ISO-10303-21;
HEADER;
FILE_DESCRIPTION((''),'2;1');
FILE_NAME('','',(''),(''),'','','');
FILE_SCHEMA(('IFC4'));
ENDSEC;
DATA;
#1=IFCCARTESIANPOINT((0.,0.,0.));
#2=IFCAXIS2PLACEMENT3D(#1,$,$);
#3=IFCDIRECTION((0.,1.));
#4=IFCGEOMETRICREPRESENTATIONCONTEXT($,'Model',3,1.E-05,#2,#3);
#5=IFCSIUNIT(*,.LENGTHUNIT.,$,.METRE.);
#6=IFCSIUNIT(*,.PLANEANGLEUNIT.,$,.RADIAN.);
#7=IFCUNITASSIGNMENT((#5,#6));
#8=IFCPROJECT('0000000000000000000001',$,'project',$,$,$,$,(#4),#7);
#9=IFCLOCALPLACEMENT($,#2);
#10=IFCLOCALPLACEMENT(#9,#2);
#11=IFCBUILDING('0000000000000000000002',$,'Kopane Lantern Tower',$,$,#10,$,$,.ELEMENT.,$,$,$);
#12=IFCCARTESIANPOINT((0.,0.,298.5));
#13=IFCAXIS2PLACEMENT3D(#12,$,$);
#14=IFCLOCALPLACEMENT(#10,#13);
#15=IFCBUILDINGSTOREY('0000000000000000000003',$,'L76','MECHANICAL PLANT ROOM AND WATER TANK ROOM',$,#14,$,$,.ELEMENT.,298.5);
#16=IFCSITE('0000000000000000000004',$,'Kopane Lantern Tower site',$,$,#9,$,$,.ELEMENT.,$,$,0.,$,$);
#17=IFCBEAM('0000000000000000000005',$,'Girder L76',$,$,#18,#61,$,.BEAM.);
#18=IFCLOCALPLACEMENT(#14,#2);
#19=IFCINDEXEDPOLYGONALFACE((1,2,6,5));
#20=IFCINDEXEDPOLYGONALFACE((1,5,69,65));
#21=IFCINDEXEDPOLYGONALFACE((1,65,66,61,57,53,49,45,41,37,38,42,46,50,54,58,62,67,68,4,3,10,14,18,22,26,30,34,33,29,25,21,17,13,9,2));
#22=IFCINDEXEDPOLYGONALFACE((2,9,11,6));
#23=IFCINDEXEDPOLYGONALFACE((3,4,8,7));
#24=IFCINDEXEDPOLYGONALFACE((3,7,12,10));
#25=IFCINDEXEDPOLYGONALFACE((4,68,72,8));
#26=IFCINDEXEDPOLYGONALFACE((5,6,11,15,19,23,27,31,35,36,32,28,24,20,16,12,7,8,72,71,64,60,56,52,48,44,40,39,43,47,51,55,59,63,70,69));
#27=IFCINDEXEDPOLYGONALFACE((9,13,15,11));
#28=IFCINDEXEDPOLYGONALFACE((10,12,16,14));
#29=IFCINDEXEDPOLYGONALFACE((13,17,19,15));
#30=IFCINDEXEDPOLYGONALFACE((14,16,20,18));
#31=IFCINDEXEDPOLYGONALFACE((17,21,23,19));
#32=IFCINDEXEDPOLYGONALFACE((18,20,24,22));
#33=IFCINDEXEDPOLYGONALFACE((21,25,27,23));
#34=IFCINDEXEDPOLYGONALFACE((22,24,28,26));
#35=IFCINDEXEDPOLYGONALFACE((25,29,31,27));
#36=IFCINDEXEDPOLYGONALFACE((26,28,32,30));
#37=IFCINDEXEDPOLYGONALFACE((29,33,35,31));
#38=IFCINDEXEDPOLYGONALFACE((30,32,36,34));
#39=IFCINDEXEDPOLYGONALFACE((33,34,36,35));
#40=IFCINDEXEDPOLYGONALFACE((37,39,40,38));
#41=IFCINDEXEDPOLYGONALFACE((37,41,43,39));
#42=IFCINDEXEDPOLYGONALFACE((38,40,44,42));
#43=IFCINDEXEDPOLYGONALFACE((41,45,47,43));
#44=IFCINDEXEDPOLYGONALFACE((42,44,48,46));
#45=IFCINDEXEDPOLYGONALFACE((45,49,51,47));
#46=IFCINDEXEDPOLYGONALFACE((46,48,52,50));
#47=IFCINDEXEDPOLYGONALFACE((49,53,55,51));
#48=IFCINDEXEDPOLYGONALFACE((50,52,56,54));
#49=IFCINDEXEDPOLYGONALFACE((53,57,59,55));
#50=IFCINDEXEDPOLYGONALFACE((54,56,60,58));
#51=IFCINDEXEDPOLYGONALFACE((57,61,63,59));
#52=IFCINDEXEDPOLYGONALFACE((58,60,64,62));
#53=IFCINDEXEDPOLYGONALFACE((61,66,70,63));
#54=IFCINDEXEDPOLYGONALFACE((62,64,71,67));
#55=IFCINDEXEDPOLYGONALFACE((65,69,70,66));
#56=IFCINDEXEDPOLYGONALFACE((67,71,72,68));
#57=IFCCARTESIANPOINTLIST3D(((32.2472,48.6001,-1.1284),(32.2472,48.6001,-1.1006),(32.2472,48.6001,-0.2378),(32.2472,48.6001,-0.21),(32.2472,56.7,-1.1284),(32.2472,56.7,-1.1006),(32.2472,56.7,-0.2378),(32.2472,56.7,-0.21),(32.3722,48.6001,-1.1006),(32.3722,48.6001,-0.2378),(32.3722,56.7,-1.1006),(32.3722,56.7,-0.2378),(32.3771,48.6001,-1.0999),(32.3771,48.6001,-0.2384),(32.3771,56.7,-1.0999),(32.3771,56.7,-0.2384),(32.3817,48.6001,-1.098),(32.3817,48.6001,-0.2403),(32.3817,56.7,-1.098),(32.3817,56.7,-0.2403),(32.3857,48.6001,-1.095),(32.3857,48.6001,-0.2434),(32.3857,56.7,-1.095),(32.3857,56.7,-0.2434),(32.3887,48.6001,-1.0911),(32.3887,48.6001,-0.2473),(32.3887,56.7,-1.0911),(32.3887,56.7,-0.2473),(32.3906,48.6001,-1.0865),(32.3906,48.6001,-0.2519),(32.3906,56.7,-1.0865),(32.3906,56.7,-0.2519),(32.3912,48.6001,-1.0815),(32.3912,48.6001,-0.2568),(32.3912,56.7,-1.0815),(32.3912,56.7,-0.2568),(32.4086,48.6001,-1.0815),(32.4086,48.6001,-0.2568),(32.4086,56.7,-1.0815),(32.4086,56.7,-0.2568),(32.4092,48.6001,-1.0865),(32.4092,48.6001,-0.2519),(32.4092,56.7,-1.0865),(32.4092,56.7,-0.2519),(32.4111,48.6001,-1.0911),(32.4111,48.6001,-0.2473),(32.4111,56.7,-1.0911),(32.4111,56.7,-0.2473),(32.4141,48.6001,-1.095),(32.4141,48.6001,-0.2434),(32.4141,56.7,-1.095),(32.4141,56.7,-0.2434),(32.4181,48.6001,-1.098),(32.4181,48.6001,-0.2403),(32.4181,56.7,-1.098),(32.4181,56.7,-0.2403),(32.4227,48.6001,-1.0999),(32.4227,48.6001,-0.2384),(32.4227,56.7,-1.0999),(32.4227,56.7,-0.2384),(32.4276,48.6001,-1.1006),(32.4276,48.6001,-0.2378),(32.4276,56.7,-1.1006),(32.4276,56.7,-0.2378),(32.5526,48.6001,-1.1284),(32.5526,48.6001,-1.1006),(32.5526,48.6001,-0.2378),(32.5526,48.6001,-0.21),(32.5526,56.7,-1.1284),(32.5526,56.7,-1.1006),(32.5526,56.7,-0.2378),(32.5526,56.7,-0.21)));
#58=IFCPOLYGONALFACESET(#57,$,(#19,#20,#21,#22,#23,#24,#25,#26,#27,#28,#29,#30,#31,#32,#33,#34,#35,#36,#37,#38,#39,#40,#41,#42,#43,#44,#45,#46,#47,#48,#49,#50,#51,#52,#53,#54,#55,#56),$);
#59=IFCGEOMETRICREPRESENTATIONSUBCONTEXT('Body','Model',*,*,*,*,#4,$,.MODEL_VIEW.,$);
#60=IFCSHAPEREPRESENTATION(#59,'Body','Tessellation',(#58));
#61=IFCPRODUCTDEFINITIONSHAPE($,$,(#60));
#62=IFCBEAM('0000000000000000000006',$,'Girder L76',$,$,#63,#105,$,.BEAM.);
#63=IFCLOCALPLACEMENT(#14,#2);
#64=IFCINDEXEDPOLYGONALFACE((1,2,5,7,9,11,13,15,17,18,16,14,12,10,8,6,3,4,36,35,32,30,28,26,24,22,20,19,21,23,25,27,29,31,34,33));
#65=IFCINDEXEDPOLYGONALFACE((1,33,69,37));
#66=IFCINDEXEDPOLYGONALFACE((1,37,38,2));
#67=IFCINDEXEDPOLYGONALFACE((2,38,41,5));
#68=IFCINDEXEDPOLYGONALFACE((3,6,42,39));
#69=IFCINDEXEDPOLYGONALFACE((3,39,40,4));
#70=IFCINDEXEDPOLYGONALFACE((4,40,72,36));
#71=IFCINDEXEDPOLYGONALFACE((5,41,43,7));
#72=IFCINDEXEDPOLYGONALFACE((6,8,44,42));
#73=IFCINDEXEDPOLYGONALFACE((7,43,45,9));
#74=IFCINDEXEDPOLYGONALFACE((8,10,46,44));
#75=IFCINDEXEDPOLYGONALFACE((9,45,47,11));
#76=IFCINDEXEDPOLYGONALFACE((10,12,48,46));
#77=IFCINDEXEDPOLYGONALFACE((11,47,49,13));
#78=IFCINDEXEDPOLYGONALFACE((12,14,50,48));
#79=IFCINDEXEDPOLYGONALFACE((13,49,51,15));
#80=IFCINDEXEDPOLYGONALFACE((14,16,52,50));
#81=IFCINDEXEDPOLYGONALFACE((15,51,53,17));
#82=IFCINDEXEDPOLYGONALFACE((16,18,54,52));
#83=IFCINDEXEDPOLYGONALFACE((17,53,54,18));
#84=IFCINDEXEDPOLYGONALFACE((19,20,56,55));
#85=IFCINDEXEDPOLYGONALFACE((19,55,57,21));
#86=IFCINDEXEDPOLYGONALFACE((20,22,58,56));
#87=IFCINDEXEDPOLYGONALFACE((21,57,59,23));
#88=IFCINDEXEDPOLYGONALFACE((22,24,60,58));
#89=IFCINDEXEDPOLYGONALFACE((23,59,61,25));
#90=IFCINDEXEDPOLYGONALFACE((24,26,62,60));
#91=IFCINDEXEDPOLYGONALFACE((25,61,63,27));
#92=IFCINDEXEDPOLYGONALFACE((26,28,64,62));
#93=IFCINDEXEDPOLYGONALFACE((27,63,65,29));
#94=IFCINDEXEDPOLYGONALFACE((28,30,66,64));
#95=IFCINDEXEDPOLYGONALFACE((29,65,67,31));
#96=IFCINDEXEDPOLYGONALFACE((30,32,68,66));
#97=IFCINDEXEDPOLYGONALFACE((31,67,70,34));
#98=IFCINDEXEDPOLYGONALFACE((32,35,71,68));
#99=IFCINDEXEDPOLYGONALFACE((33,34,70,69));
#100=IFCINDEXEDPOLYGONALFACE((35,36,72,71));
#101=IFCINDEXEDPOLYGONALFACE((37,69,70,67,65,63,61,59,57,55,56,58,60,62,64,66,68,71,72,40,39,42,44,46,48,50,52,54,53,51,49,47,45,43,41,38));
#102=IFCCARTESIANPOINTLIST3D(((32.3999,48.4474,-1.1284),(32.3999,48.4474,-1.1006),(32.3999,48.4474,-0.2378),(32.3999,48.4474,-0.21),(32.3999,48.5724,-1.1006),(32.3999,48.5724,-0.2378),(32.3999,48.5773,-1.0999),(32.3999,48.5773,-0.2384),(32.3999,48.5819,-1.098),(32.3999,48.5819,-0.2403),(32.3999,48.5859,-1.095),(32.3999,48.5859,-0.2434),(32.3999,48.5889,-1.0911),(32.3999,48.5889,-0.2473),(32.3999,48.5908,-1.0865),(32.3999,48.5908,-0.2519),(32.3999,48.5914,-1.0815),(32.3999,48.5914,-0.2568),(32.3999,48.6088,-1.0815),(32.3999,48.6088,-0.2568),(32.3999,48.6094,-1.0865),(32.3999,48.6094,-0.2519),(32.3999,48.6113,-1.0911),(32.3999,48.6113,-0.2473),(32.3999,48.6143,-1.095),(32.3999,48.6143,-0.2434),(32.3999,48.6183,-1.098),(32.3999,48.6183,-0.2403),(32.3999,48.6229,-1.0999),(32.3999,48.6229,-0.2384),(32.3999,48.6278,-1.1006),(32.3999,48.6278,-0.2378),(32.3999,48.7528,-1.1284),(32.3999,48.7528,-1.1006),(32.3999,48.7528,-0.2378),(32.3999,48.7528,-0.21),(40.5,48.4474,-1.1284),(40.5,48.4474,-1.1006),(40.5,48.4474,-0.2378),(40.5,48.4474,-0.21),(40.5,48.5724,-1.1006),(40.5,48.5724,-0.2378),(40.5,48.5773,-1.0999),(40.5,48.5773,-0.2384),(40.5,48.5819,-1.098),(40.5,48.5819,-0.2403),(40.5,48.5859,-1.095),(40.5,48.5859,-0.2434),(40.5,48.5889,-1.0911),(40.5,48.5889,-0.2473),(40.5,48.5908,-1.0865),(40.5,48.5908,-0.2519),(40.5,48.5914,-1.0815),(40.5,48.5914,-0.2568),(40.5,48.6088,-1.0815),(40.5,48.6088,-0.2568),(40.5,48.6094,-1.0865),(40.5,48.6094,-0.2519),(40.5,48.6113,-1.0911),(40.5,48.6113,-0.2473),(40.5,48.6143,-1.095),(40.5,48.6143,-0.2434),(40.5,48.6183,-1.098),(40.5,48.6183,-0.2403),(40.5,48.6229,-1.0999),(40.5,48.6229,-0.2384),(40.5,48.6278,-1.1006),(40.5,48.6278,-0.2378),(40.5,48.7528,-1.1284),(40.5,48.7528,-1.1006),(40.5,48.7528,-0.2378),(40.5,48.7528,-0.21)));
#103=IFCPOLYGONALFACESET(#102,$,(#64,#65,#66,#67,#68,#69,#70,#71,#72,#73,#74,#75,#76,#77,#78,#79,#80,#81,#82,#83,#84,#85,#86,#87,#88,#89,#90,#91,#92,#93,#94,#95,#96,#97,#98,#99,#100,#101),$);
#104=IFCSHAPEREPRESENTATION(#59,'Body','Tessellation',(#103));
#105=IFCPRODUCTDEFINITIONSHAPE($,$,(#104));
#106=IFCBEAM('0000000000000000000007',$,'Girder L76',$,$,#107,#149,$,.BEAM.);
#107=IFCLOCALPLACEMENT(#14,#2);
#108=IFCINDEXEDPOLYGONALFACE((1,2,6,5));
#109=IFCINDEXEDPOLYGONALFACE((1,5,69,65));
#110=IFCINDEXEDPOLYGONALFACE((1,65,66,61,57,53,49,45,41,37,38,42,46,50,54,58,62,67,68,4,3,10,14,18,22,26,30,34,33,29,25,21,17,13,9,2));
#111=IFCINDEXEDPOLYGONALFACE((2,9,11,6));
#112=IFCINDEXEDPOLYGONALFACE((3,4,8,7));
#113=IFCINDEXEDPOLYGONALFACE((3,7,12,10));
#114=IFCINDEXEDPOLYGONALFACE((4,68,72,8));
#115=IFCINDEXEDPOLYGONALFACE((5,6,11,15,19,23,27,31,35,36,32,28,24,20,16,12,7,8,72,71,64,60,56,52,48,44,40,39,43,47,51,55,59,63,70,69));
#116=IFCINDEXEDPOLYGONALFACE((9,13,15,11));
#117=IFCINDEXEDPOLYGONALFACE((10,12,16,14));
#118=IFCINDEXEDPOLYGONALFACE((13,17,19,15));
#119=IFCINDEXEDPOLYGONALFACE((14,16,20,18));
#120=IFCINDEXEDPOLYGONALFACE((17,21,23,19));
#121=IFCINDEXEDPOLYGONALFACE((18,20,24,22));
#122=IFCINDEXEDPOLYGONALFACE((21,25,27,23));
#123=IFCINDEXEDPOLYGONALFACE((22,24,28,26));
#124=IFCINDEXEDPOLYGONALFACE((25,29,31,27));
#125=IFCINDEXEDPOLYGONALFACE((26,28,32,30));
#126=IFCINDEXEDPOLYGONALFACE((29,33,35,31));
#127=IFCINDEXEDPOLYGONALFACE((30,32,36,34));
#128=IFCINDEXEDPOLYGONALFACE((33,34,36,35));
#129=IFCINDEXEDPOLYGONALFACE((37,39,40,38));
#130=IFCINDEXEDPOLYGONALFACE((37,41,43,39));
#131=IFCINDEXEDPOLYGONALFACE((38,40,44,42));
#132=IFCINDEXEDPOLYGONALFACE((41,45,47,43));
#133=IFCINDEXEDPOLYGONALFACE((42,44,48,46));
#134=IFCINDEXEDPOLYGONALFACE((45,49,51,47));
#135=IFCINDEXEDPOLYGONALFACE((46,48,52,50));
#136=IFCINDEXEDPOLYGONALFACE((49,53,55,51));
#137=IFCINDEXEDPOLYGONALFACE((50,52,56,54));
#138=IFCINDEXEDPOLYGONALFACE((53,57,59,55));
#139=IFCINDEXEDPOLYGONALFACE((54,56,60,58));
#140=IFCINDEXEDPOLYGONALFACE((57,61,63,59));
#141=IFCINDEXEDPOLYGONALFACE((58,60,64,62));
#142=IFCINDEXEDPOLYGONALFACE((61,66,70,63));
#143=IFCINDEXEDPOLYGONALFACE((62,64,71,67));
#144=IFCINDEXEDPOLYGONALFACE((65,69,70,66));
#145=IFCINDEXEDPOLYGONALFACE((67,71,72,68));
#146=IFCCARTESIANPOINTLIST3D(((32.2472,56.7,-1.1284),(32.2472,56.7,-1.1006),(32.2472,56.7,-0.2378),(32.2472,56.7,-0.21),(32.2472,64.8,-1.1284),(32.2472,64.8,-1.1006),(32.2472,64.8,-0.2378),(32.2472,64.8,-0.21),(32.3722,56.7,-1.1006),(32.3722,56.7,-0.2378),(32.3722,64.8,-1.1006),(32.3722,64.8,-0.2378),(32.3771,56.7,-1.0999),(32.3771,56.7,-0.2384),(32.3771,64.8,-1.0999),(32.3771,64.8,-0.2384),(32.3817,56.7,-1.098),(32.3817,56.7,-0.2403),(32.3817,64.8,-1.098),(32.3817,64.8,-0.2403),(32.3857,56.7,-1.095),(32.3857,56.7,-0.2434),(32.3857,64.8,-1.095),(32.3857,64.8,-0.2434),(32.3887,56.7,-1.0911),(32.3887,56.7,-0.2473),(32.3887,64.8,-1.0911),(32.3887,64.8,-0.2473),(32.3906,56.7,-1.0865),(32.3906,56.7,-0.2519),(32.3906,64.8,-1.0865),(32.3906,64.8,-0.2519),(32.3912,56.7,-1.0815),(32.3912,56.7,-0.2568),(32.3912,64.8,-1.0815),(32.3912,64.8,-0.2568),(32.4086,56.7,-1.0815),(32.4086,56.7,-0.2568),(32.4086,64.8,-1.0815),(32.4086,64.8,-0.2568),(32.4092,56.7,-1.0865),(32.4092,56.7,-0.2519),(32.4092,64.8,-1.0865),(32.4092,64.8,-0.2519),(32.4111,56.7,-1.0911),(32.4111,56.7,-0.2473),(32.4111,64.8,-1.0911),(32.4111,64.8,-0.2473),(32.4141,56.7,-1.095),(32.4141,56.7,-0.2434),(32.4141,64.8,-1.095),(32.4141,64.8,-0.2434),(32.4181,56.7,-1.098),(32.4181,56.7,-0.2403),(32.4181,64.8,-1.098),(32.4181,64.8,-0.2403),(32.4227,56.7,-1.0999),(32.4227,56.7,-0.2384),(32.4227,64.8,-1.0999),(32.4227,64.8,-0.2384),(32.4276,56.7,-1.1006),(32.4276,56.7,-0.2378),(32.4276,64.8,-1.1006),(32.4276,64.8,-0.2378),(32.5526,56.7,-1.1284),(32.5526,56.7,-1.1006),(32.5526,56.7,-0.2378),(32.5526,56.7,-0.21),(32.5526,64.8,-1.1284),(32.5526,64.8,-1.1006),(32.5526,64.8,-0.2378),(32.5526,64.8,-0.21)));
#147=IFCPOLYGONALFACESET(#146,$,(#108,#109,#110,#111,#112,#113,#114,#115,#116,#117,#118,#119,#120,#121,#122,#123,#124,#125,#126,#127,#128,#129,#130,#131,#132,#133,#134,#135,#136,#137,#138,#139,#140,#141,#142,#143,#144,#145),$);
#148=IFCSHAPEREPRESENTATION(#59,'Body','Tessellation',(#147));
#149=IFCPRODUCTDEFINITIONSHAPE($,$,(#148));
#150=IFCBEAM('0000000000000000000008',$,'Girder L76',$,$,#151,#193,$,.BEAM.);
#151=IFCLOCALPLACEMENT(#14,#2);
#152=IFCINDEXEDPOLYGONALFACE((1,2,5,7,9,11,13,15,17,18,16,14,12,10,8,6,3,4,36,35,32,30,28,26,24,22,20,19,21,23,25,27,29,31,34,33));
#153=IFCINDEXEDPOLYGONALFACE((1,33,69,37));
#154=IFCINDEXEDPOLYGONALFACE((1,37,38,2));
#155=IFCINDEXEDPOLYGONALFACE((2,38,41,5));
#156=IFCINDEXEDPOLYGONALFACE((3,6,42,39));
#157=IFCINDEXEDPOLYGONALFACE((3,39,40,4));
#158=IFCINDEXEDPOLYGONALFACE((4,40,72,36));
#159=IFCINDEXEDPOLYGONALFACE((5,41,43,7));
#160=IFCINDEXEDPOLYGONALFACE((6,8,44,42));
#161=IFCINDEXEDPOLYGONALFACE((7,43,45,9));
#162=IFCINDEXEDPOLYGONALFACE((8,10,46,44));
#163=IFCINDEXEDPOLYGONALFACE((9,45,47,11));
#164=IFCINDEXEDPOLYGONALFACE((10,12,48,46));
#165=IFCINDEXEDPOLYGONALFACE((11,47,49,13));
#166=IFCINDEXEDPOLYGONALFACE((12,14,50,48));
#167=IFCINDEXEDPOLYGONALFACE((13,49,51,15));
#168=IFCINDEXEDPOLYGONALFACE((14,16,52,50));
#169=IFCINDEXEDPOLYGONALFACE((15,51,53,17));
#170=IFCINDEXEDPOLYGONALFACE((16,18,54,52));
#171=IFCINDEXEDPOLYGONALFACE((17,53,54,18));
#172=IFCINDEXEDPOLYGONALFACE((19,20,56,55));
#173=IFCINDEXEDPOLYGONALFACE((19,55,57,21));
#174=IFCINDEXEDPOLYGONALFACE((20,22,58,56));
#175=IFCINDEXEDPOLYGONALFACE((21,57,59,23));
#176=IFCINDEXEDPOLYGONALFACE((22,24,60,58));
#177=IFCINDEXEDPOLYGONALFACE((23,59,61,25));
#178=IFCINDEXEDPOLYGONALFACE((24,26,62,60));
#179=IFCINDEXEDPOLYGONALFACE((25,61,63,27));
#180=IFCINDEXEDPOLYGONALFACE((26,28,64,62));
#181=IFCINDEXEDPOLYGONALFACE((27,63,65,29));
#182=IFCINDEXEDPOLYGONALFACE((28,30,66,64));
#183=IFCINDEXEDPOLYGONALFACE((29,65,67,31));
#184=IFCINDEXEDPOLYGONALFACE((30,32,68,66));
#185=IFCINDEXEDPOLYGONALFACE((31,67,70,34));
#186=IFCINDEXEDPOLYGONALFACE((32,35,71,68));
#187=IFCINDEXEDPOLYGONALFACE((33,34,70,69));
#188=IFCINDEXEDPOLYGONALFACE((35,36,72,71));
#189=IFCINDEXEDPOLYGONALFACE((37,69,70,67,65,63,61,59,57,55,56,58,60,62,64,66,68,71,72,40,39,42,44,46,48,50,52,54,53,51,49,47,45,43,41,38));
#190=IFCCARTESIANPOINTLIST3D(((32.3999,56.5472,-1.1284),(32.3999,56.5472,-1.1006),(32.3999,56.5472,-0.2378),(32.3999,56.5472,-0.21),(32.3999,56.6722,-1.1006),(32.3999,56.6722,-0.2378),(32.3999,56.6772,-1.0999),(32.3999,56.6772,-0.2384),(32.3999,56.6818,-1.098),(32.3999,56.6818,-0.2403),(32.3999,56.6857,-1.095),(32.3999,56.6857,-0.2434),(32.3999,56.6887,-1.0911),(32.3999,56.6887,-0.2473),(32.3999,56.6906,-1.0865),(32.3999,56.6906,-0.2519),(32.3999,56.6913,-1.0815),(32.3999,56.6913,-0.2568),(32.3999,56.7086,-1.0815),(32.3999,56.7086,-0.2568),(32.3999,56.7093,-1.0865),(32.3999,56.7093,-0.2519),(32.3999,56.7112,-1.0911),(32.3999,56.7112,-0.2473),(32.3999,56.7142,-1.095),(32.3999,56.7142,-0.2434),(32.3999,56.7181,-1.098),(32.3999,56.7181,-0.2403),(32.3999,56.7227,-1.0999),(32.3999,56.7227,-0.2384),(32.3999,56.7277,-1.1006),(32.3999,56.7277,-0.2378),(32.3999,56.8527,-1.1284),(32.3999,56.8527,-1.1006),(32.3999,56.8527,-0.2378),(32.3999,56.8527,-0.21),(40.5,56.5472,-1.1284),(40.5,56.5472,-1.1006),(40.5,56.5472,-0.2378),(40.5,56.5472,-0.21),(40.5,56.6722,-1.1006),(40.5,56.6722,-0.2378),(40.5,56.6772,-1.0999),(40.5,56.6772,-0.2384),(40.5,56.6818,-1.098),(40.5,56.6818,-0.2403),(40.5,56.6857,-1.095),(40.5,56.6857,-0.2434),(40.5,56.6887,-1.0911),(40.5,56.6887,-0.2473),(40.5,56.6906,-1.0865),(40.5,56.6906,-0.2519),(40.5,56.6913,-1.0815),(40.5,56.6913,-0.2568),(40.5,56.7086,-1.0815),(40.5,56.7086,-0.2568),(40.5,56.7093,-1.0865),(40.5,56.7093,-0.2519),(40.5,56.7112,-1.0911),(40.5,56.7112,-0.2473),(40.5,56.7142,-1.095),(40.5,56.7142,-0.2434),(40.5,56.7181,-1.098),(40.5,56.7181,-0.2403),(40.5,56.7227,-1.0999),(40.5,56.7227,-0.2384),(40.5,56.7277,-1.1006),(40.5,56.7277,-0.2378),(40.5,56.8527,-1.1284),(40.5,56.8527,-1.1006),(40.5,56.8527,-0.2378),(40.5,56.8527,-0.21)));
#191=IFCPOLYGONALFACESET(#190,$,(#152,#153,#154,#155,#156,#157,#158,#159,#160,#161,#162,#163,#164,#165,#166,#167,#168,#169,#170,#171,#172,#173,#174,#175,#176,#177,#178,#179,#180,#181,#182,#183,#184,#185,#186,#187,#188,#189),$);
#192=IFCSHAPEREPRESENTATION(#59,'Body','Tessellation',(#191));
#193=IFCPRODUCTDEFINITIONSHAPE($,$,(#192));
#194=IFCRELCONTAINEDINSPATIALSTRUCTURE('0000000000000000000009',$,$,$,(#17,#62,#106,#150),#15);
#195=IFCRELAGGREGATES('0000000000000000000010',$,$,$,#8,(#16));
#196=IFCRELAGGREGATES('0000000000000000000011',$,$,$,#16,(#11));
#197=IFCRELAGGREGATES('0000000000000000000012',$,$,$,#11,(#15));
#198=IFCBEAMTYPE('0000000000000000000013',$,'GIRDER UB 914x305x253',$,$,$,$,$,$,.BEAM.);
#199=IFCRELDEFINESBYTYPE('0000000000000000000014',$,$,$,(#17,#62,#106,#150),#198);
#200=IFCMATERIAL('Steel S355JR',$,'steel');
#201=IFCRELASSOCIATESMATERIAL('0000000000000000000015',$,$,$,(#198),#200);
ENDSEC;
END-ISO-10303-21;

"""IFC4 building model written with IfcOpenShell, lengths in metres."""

from ifc_helpers import new_model, si_unit, direction, frame, origin, origin_2d, place, context, subcontext, project, spatial, i_section, extrude, material, material_profile, profile_set, type_object, element, save


model = new_model("IFC4")

# Units and contexts
model_context = context("Model", 3, precision=1e-05, world=origin(), true_north=direction((0.0, 1.0)))
body_context = subcontext(model_context, "Body", "Model", "MODEL_VIEW")
ifc_project = project(units=[si_unit("LENGTHUNIT", "METRE"), si_unit("PLANEANGLEUNIT", "RADIAN")], contexts=[model_context])

# Site, building, storey
site_placement = place(None, origin())
site = spatial("IfcSite", under=ifc_project, at=site_placement, Name="Kopane Lantern Tower site", CompositionType="ELEMENT", RefElevation=0.0)
building_placement = place(site_placement, origin())
building = spatial("IfcBuilding", under=site, at=building_placement, Name="Kopane Lantern Tower", CompositionType="ELEMENT")
storey_placement = place(building_placement, frame((0.0, 0.0, 298.5)))
storey = spatial("IfcBuildingStorey", under=building, at=storey_placement, Name="L76", Description="MECHANICAL PLANT ROOM AND WATER TANK ROOM", CompositionType="ELEMENT", Elevation=298.5)

# Beams
ifc_material_1 = material(Name="Steel S355JR", Category="steel")
ifc_material_profile_1 = material_profile(ifc_material_1, i_section(OverallWidth=0.3054, OverallDepth=0.9185, WebThickness=0.0173, FlangeThickness=0.0278, FilletRadius=0.019, at=origin_2d()), Name="UB 914x305x253")
ifc_profile_set_1 = profile_set([ifc_material_profile_1], Name="Steel S355JR")
beam_type = type_object("IfcBeamType", Name="GIRDER UB 914x305x253", PredefinedType="BEAM", material=ifc_profile_set_1)
beam_1_placement = place(storey_placement, frame((32.3999, 48.6001, -0.6692), z_axis=(0.0, 1.0, 0.0), x_axis=(-1.0, 0.0, 0.0)))
element("IfcBeam", 1, at=beam_1_placement, inside=storey, type_object=beam_type, Name="Girder L76", PredefinedType="BEAM", context=body_context, shape_type="SweptSolid", body=[
    extrude(i_section(OverallWidth=0.3054, OverallDepth=0.9185, WebThickness=0.0173, FlangeThickness=0.0278, FilletRadius=0.019, at=origin_2d()), origin(), (0.0, 0.0, 1.0), 8.0999),
])
for number, where, z_axis, x_axis, name in (
    (2, (32.3999, 48.6001, -0.6692), (1.0, 0.0, 0.0), (0.0, 1.0, 0.0), "Girder L76"),
    (3, (32.3999, 56.7, -0.6692), (0.0, 1.0, 0.0), (-1.0, 0.0, 0.0), "Girder L76"),
    (4, (32.3999, 56.7, -0.6692), (1.0, 0.0, 0.0), (0.0, 1.0, 0.0), "Girder L76"),
):
    element("IfcBeam", number, at=place(storey_placement, frame(where, z_axis=z_axis, x_axis=x_axis)), inside=storey, type_object=beam_type, Name=name, PredefinedType="BEAM", context=body_context, shape_type="SweptSolid", body=[
        extrude(i_section(OverallWidth=0.3054, OverallDepth=0.9185, WebThickness=0.0173, FlangeThickness=0.0278, FilletRadius=0.019, at=origin_2d()), origin(), (0.0, 0.0, 1.0), 8.1001),
    ])

save(model, "model.ifc")
